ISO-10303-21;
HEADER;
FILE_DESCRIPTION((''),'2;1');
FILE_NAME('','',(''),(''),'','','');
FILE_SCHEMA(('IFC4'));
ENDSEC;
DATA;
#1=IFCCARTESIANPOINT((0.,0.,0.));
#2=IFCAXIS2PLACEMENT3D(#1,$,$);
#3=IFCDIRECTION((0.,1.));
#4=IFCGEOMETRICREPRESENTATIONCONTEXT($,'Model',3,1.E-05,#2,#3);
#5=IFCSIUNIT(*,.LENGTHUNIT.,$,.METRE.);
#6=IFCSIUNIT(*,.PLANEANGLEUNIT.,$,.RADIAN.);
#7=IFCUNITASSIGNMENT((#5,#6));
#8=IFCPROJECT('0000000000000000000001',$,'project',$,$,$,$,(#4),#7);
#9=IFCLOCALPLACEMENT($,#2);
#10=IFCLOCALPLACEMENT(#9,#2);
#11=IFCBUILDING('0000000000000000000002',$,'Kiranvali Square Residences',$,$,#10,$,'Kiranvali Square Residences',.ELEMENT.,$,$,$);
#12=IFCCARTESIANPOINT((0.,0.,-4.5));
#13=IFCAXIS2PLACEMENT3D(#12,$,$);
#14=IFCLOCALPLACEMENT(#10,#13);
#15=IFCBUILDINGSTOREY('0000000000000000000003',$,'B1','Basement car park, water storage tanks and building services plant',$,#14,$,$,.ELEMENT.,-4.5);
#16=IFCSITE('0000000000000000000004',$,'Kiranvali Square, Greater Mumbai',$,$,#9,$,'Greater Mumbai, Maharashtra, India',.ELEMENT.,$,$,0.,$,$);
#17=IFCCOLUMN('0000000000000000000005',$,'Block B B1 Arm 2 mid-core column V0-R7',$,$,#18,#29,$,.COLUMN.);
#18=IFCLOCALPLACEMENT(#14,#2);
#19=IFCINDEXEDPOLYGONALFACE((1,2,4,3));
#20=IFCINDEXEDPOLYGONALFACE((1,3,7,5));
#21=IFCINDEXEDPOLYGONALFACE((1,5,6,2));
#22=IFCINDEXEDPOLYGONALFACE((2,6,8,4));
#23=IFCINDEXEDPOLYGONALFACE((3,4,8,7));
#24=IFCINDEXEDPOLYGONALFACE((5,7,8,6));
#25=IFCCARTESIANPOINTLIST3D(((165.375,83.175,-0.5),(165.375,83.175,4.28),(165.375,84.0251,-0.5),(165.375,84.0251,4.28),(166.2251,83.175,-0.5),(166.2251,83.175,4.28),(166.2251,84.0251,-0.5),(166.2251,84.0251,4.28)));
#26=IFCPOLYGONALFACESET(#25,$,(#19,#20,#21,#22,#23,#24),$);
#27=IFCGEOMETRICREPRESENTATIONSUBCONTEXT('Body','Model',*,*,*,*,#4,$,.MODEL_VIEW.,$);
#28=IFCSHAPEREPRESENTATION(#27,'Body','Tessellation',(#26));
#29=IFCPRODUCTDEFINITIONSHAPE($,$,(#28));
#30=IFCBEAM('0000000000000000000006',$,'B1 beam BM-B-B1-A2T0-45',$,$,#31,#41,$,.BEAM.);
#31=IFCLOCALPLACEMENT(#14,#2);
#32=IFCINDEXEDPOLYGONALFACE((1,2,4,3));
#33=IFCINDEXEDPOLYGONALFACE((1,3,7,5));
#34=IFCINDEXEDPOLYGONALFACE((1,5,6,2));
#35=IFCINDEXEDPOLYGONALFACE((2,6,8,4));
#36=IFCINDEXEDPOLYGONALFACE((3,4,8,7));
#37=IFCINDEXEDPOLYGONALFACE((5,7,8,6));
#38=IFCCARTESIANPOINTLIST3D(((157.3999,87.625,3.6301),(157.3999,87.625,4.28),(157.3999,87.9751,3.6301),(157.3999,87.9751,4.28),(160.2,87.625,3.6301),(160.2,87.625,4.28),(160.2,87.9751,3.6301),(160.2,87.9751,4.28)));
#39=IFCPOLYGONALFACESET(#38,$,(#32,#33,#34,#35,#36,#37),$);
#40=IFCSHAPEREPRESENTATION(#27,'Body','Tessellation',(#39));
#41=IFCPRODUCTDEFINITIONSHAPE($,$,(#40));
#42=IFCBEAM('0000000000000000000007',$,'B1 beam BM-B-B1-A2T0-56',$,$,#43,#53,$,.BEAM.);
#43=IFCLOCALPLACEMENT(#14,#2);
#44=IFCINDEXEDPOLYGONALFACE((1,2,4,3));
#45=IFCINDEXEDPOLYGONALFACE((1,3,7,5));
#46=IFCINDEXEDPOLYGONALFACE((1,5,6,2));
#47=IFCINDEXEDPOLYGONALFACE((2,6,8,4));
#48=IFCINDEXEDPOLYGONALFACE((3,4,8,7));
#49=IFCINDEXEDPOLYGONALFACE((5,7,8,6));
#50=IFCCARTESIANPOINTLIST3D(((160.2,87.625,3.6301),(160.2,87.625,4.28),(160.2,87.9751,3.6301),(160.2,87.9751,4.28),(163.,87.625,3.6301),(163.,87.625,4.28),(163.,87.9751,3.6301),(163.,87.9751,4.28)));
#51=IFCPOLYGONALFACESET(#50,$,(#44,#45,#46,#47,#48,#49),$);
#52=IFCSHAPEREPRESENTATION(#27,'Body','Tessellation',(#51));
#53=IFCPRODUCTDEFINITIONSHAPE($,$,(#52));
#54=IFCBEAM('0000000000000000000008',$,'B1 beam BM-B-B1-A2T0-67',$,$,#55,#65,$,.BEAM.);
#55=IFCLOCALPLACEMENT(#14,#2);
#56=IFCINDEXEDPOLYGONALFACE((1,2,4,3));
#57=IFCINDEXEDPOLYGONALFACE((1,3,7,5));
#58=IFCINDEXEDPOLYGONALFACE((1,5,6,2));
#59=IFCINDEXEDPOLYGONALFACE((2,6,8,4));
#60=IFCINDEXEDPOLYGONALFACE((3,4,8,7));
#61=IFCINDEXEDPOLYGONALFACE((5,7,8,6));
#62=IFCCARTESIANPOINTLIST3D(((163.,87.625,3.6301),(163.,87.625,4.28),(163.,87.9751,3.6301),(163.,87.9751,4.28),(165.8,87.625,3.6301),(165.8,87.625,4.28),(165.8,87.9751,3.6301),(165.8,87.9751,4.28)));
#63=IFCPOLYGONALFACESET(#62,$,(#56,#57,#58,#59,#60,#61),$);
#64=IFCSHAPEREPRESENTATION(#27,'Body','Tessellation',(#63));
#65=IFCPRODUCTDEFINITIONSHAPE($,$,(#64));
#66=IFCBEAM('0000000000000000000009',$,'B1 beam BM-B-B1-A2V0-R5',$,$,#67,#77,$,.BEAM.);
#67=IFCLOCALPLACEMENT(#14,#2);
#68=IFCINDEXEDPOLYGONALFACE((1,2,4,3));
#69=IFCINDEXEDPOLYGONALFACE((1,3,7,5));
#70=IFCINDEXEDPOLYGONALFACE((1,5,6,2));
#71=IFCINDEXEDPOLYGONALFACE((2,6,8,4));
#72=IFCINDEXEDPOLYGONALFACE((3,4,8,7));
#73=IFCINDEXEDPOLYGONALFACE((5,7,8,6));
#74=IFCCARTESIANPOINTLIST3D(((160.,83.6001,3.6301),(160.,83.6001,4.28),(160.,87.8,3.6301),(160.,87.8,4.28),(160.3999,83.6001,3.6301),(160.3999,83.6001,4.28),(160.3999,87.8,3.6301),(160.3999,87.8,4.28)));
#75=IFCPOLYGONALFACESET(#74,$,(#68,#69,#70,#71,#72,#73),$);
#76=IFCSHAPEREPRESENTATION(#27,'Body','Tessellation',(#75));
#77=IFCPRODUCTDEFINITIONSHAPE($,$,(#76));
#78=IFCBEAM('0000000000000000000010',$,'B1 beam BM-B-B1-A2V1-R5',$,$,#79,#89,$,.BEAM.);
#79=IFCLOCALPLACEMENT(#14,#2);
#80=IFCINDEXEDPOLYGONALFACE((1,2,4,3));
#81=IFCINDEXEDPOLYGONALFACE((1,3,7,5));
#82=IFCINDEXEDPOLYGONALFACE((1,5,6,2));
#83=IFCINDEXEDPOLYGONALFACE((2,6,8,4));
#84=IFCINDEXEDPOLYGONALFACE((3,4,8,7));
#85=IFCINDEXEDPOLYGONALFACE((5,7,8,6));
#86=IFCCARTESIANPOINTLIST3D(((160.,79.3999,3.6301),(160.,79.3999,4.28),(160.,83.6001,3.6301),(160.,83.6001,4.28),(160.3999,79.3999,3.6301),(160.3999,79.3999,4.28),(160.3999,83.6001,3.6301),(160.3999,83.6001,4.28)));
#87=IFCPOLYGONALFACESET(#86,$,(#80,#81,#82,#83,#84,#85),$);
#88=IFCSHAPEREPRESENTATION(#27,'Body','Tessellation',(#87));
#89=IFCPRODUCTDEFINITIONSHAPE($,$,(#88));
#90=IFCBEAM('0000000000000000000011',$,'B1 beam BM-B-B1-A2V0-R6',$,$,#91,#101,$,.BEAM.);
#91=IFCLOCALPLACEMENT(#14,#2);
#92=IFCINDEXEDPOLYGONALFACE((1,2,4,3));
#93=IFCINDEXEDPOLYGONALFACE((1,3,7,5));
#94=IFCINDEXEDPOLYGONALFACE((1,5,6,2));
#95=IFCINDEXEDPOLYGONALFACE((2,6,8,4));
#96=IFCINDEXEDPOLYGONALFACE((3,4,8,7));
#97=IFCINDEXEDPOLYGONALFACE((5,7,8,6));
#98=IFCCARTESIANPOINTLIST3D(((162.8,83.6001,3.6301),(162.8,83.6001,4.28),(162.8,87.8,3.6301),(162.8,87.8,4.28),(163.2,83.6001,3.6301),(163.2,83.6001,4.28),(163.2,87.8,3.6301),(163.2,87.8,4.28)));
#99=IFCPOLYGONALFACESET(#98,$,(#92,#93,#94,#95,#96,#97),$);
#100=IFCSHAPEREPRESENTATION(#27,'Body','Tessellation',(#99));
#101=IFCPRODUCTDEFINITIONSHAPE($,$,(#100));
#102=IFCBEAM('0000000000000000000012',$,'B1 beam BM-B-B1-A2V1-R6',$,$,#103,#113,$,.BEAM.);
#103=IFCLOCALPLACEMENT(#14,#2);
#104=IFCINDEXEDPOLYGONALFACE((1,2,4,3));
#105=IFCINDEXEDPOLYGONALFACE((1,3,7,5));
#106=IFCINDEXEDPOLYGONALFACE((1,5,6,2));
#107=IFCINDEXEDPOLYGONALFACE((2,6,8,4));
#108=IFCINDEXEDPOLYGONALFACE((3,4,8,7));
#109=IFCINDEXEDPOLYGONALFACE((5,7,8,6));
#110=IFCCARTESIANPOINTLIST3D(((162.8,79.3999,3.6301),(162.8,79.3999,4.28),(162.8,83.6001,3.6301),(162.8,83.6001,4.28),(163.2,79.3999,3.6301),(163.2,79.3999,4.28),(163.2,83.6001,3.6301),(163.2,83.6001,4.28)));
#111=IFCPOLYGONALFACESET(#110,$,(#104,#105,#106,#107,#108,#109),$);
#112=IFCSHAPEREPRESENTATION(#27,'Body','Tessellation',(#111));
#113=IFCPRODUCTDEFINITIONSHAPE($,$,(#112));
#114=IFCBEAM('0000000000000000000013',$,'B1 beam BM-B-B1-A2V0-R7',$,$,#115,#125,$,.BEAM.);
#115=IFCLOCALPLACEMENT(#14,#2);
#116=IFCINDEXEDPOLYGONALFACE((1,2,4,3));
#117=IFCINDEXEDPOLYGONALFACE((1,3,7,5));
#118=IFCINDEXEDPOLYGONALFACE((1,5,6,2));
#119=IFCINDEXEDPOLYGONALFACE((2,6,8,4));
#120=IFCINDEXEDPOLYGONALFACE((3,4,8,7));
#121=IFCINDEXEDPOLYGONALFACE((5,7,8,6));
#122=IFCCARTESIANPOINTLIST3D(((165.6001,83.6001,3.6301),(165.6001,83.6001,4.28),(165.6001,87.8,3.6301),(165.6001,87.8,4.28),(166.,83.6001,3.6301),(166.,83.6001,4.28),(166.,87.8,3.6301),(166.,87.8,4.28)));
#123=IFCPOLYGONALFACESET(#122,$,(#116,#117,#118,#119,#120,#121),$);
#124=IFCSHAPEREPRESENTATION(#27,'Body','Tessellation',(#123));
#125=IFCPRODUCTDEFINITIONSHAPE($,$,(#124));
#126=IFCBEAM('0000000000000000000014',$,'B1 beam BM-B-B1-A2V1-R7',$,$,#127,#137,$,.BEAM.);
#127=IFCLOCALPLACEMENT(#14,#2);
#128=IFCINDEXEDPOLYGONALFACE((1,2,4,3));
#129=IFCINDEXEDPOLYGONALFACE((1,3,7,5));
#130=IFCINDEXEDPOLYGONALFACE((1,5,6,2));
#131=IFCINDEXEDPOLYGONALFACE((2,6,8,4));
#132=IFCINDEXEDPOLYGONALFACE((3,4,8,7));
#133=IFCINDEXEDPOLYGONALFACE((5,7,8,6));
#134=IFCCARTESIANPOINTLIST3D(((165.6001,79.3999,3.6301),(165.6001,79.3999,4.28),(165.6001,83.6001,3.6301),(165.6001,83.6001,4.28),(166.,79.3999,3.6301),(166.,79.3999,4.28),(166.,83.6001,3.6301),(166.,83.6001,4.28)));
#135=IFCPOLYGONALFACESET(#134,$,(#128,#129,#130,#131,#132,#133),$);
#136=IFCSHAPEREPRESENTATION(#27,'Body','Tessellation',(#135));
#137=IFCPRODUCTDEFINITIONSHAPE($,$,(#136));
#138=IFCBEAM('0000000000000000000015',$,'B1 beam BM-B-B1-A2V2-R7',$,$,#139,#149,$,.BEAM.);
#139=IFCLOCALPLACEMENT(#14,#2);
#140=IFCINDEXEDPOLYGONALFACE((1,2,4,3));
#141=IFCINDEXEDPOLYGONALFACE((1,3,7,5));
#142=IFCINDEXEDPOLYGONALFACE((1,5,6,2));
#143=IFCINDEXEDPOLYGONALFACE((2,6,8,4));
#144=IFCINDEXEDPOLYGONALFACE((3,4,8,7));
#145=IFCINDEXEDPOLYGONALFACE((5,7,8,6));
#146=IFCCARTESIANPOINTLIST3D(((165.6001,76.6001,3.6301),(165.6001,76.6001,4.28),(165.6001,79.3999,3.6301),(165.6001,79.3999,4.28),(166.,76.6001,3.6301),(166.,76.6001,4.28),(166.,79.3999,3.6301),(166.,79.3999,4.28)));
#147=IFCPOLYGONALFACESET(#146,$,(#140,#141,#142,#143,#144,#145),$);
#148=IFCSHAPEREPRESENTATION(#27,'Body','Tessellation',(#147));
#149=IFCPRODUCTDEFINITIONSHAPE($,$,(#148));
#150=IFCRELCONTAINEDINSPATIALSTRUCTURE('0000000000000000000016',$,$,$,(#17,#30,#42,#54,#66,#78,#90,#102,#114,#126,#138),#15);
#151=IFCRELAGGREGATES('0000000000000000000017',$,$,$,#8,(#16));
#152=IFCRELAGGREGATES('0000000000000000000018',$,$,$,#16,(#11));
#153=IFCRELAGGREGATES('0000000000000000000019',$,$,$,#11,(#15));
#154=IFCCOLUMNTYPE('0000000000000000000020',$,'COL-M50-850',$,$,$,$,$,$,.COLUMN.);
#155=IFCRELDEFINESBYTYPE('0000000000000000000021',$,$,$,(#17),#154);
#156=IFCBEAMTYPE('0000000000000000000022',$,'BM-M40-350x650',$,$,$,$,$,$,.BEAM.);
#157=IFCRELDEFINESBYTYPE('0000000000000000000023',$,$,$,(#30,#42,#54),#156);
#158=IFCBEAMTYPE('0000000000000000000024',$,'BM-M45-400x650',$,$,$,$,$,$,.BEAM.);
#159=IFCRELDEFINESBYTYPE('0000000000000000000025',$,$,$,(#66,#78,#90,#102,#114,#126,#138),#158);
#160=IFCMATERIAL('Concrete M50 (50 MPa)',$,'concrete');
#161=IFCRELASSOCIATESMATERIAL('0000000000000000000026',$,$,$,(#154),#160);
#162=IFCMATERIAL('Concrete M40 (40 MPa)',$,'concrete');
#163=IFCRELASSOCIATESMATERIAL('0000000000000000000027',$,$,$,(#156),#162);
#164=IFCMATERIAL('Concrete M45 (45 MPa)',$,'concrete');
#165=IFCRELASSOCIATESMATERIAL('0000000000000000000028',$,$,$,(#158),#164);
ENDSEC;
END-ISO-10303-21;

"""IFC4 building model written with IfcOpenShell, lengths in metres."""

from ifc_helpers import new_model, si_unit, direction, frame, origin, origin_2d, place, context, subcontext, project, spatial, rectangle, extrude, material, material_profile, profile_set, type_object, element, save


model = new_model("IFC4")

# Units and contexts
model_context = context("Model", 3, precision=1e-05, world=origin(), true_north=direction((0.0, 1.0)))
body_context = subcontext(model_context, "Body", "Model", "MODEL_VIEW")
ifc_project = project(units=[si_unit("LENGTHUNIT", "METRE"), si_unit("PLANEANGLEUNIT", "RADIAN")], contexts=[model_context])

# Site, building, storey
site_placement = place(None, origin())
site = spatial("IfcSite", under=ifc_project, at=site_placement, Name="Kiranvali Square, Greater Mumbai", LongName="Greater Mumbai, Maharashtra, India", CompositionType="ELEMENT", RefElevation=0.0)
building_placement = place(site_placement, origin())
building = spatial("IfcBuilding", under=site, at=building_placement, Name="Kiranvali Square Residences", LongName="Kiranvali Square Residences", CompositionType="ELEMENT")
storey_placement = place(building_placement, frame((0.0, 0.0, -4.5)))
storey = spatial("IfcBuildingStorey", under=building, at=storey_placement, Name="B1", Description="Basement car park, water storage tanks and building services plant", CompositionType="ELEMENT", Elevation=-4.5)

# Shared definitions
ifc_material_1 = material(Name="Concrete M40 (40 MPa)", Category="concrete")

# Column
ifc_material_2 = material(Name="Concrete M50 (50 MPa)", Category="concrete")
ifc_material_profile_1 = material_profile(ifc_material_2, rectangle(XDim=0.8501, YDim=0.8501, at=origin_2d()), Name="RC 850x850")
ifc_profile_set_1 = profile_set([ifc_material_profile_1], Name="Concrete M50 (50 MPa)")
column_type = type_object("IfcColumnType", Name="COL-M50-850", PredefinedType="COLUMN", material=ifc_profile_set_1)
for number, where, z_axis, x_axis, name in (
    (1, (165.8, 83.6001, -0.5), (0.0, 0.0, 1.0), (1.0, 0.0, 0.0), "Block B B1 Arm 2 mid-core column V0-R7"),
):
    element("IfcColumn", number, at=place(storey_placement, frame(where, z_axis=z_axis, x_axis=x_axis)), inside=storey, type_object=column_type, Name=name, PredefinedType="COLUMN", context=body_context, shape_type="SweptSolid", body=[
        extrude(rectangle(XDim=0.8501, YDim=0.8501, at=origin_2d()), origin(), (0.0, 0.0, 1.0), 4.78),
    ])

# Beams
ifc_material_profile_2 = material_profile(ifc_material_1, rectangle(XDim=0.3501, YDim=0.6499, at=origin_2d()), Name="RC 350x650")
ifc_profile_set_2 = profile_set([ifc_material_profile_2], Name="Concrete M40 (40 MPa)")
beam_type_1 = type_object("IfcBeamType", Name="BM-M40-350x650", PredefinedType="BEAM", material=ifc_profile_set_2)
for number, where, z_axis, x_axis, name in (
    (2, (157.3999, 87.8, 3.9551), (1.0, 0.0, 0.0), (0.0, 1.0, 0.0), "B1 beam BM-B-B1-A2T0-45"),
    (3, (160.2, 87.8, 3.9551), (1.0, 0.0, 0.0), (0.0, 1.0, 0.0), "B1 beam BM-B-B1-A2T0-56"),
    (4, (163.0, 87.8, 3.9551), (1.0, 0.0, 0.0), (0.0, 1.0, 0.0), "B1 beam BM-B-B1-A2T0-67"),
):
    element("IfcBeam", number, at=place(storey_placement, frame(where, z_axis=z_axis, x_axis=x_axis)), inside=storey, type_object=beam_type_1, Name=name, PredefinedType="BEAM", context=body_context, shape_type="SweptSolid", body=[
        extrude(rectangle(XDim=0.3501, YDim=0.6499, at=origin_2d()), origin(), (0.0, 0.0, 1.0), 2.8),
    ])
ifc_material_3 = material(Name="Concrete M45 (45 MPa)", Category="concrete")
ifc_material_profile_3 = material_profile(ifc_material_3, rectangle(XDim=0.3999, YDim=0.6499, at=origin_2d()), Name="RC 400x650")
ifc_profile_set_3 = profile_set([ifc_material_profile_3], Name="Concrete M45 (45 MPa)")
beam_type_2 = type_object("IfcBeamType", Name="BM-M45-400x650", PredefinedType="BEAM", material=ifc_profile_set_3)
beam_1_placement = place(storey_placement, frame((160.2, 87.8, 3.9551), z_axis=(0.0, -1.0, 0.0), x_axis=(1.0, 0.0, 0.0)))
element("IfcBeam", 5, at=beam_1_placement, inside=storey, type_object=beam_type_2, Name="B1 beam BM-B-B1-A2V0-R5", PredefinedType="BEAM", context=body_context, shape_type="SweptSolid", body=[
    extrude(rectangle(XDim=0.3999, YDim=0.6499, at=origin_2d()), origin(), (0.0, 0.0, 1.0), 4.2),
])
beam_2_placement = place(storey_placement, frame((160.2, 83.6001, 3.9551), z_axis=(0.0, -1.0, 0.0), x_axis=(1.0, 0.0, 0.0)))
element("IfcBeam", 6, at=beam_2_placement, inside=storey, type_object=beam_type_2, Name="B1 beam BM-B-B1-A2V1-R5", PredefinedType="BEAM", context=body_context, shape_type="SweptSolid", body=[
    extrude(rectangle(XDim=0.3999, YDim=0.6499, at=origin_2d()), origin(), (0.0, 0.0, 1.0), 4.2002),
])
beam_3_placement = place(storey_placement, frame((163.0, 87.8, 3.9551), z_axis=(0.0, -1.0, 0.0), x_axis=(1.0, 0.0, 0.0)))
element("IfcBeam", 7, at=beam_3_placement, inside=storey, type_object=beam_type_2, Name="B1 beam BM-B-B1-A2V0-R6", PredefinedType="BEAM", context=body_context, shape_type="SweptSolid", body=[
    extrude(rectangle(XDim=0.3999, YDim=0.6499, at=origin_2d()), origin(), (0.0, 0.0, 1.0), 4.2),
])
beam_4_placement = place(storey_placement, frame((163.0, 83.6001, 3.9551), z_axis=(0.0, -1.0, 0.0), x_axis=(1.0, 0.0, 0.0)))
element("IfcBeam", 8, at=beam_4_placement, inside=storey, type_object=beam_type_2, Name="B1 beam BM-B-B1-A2V1-R6", PredefinedType="BEAM", context=body_context, shape_type="SweptSolid", body=[
    extrude(rectangle(XDim=0.3999, YDim=0.6499, at=origin_2d()), origin(), (0.0, 0.0, 1.0), 4.2002),
])
beam_5_placement = place(storey_placement, frame((165.8, 87.8, 3.9551), z_axis=(0.0, -1.0, 0.0), x_axis=(1.0, 0.0, 0.0)))
element("IfcBeam", 9, at=beam_5_placement, inside=storey, type_object=beam_type_2, Name="B1 beam BM-B-B1-A2V0-R7", PredefinedType="BEAM", context=body_context, shape_type="SweptSolid", body=[
    extrude(rectangle(XDim=0.3999, YDim=0.6499, at=origin_2d()), origin(), (0.0, 0.0, 1.0), 4.2),
])
beam_6_placement = place(storey_placement, frame((165.8, 83.6001, 3.9551), z_axis=(0.0, -1.0, 0.0), x_axis=(1.0, 0.0, 0.0)))
element("IfcBeam", 10, at=beam_6_placement, inside=storey, type_object=beam_type_2, Name="B1 beam BM-B-B1-A2V1-R7", PredefinedType="BEAM", context=body_context, shape_type="SweptSolid", body=[
    extrude(rectangle(XDim=0.3999, YDim=0.6499, at=origin_2d()), origin(), (0.0, 0.0, 1.0), 4.2002),
])
beam_7_placement = place(storey_placement, frame((165.8, 79.3999, 3.9551), z_axis=(0.0, -1.0, 0.0), x_axis=(1.0, 0.0, 0.0)))
element("IfcBeam", 11, at=beam_7_placement, inside=storey, type_object=beam_type_2, Name="B1 beam BM-B-B1-A2V2-R7", PredefinedType="BEAM", context=body_context, shape_type="SweptSolid", body=[
    extrude(rectangle(XDim=0.3999, YDim=0.6499, at=origin_2d()), origin(), (0.0, 0.0, 1.0), 2.7998),
])

save(model, "model.ifc")
